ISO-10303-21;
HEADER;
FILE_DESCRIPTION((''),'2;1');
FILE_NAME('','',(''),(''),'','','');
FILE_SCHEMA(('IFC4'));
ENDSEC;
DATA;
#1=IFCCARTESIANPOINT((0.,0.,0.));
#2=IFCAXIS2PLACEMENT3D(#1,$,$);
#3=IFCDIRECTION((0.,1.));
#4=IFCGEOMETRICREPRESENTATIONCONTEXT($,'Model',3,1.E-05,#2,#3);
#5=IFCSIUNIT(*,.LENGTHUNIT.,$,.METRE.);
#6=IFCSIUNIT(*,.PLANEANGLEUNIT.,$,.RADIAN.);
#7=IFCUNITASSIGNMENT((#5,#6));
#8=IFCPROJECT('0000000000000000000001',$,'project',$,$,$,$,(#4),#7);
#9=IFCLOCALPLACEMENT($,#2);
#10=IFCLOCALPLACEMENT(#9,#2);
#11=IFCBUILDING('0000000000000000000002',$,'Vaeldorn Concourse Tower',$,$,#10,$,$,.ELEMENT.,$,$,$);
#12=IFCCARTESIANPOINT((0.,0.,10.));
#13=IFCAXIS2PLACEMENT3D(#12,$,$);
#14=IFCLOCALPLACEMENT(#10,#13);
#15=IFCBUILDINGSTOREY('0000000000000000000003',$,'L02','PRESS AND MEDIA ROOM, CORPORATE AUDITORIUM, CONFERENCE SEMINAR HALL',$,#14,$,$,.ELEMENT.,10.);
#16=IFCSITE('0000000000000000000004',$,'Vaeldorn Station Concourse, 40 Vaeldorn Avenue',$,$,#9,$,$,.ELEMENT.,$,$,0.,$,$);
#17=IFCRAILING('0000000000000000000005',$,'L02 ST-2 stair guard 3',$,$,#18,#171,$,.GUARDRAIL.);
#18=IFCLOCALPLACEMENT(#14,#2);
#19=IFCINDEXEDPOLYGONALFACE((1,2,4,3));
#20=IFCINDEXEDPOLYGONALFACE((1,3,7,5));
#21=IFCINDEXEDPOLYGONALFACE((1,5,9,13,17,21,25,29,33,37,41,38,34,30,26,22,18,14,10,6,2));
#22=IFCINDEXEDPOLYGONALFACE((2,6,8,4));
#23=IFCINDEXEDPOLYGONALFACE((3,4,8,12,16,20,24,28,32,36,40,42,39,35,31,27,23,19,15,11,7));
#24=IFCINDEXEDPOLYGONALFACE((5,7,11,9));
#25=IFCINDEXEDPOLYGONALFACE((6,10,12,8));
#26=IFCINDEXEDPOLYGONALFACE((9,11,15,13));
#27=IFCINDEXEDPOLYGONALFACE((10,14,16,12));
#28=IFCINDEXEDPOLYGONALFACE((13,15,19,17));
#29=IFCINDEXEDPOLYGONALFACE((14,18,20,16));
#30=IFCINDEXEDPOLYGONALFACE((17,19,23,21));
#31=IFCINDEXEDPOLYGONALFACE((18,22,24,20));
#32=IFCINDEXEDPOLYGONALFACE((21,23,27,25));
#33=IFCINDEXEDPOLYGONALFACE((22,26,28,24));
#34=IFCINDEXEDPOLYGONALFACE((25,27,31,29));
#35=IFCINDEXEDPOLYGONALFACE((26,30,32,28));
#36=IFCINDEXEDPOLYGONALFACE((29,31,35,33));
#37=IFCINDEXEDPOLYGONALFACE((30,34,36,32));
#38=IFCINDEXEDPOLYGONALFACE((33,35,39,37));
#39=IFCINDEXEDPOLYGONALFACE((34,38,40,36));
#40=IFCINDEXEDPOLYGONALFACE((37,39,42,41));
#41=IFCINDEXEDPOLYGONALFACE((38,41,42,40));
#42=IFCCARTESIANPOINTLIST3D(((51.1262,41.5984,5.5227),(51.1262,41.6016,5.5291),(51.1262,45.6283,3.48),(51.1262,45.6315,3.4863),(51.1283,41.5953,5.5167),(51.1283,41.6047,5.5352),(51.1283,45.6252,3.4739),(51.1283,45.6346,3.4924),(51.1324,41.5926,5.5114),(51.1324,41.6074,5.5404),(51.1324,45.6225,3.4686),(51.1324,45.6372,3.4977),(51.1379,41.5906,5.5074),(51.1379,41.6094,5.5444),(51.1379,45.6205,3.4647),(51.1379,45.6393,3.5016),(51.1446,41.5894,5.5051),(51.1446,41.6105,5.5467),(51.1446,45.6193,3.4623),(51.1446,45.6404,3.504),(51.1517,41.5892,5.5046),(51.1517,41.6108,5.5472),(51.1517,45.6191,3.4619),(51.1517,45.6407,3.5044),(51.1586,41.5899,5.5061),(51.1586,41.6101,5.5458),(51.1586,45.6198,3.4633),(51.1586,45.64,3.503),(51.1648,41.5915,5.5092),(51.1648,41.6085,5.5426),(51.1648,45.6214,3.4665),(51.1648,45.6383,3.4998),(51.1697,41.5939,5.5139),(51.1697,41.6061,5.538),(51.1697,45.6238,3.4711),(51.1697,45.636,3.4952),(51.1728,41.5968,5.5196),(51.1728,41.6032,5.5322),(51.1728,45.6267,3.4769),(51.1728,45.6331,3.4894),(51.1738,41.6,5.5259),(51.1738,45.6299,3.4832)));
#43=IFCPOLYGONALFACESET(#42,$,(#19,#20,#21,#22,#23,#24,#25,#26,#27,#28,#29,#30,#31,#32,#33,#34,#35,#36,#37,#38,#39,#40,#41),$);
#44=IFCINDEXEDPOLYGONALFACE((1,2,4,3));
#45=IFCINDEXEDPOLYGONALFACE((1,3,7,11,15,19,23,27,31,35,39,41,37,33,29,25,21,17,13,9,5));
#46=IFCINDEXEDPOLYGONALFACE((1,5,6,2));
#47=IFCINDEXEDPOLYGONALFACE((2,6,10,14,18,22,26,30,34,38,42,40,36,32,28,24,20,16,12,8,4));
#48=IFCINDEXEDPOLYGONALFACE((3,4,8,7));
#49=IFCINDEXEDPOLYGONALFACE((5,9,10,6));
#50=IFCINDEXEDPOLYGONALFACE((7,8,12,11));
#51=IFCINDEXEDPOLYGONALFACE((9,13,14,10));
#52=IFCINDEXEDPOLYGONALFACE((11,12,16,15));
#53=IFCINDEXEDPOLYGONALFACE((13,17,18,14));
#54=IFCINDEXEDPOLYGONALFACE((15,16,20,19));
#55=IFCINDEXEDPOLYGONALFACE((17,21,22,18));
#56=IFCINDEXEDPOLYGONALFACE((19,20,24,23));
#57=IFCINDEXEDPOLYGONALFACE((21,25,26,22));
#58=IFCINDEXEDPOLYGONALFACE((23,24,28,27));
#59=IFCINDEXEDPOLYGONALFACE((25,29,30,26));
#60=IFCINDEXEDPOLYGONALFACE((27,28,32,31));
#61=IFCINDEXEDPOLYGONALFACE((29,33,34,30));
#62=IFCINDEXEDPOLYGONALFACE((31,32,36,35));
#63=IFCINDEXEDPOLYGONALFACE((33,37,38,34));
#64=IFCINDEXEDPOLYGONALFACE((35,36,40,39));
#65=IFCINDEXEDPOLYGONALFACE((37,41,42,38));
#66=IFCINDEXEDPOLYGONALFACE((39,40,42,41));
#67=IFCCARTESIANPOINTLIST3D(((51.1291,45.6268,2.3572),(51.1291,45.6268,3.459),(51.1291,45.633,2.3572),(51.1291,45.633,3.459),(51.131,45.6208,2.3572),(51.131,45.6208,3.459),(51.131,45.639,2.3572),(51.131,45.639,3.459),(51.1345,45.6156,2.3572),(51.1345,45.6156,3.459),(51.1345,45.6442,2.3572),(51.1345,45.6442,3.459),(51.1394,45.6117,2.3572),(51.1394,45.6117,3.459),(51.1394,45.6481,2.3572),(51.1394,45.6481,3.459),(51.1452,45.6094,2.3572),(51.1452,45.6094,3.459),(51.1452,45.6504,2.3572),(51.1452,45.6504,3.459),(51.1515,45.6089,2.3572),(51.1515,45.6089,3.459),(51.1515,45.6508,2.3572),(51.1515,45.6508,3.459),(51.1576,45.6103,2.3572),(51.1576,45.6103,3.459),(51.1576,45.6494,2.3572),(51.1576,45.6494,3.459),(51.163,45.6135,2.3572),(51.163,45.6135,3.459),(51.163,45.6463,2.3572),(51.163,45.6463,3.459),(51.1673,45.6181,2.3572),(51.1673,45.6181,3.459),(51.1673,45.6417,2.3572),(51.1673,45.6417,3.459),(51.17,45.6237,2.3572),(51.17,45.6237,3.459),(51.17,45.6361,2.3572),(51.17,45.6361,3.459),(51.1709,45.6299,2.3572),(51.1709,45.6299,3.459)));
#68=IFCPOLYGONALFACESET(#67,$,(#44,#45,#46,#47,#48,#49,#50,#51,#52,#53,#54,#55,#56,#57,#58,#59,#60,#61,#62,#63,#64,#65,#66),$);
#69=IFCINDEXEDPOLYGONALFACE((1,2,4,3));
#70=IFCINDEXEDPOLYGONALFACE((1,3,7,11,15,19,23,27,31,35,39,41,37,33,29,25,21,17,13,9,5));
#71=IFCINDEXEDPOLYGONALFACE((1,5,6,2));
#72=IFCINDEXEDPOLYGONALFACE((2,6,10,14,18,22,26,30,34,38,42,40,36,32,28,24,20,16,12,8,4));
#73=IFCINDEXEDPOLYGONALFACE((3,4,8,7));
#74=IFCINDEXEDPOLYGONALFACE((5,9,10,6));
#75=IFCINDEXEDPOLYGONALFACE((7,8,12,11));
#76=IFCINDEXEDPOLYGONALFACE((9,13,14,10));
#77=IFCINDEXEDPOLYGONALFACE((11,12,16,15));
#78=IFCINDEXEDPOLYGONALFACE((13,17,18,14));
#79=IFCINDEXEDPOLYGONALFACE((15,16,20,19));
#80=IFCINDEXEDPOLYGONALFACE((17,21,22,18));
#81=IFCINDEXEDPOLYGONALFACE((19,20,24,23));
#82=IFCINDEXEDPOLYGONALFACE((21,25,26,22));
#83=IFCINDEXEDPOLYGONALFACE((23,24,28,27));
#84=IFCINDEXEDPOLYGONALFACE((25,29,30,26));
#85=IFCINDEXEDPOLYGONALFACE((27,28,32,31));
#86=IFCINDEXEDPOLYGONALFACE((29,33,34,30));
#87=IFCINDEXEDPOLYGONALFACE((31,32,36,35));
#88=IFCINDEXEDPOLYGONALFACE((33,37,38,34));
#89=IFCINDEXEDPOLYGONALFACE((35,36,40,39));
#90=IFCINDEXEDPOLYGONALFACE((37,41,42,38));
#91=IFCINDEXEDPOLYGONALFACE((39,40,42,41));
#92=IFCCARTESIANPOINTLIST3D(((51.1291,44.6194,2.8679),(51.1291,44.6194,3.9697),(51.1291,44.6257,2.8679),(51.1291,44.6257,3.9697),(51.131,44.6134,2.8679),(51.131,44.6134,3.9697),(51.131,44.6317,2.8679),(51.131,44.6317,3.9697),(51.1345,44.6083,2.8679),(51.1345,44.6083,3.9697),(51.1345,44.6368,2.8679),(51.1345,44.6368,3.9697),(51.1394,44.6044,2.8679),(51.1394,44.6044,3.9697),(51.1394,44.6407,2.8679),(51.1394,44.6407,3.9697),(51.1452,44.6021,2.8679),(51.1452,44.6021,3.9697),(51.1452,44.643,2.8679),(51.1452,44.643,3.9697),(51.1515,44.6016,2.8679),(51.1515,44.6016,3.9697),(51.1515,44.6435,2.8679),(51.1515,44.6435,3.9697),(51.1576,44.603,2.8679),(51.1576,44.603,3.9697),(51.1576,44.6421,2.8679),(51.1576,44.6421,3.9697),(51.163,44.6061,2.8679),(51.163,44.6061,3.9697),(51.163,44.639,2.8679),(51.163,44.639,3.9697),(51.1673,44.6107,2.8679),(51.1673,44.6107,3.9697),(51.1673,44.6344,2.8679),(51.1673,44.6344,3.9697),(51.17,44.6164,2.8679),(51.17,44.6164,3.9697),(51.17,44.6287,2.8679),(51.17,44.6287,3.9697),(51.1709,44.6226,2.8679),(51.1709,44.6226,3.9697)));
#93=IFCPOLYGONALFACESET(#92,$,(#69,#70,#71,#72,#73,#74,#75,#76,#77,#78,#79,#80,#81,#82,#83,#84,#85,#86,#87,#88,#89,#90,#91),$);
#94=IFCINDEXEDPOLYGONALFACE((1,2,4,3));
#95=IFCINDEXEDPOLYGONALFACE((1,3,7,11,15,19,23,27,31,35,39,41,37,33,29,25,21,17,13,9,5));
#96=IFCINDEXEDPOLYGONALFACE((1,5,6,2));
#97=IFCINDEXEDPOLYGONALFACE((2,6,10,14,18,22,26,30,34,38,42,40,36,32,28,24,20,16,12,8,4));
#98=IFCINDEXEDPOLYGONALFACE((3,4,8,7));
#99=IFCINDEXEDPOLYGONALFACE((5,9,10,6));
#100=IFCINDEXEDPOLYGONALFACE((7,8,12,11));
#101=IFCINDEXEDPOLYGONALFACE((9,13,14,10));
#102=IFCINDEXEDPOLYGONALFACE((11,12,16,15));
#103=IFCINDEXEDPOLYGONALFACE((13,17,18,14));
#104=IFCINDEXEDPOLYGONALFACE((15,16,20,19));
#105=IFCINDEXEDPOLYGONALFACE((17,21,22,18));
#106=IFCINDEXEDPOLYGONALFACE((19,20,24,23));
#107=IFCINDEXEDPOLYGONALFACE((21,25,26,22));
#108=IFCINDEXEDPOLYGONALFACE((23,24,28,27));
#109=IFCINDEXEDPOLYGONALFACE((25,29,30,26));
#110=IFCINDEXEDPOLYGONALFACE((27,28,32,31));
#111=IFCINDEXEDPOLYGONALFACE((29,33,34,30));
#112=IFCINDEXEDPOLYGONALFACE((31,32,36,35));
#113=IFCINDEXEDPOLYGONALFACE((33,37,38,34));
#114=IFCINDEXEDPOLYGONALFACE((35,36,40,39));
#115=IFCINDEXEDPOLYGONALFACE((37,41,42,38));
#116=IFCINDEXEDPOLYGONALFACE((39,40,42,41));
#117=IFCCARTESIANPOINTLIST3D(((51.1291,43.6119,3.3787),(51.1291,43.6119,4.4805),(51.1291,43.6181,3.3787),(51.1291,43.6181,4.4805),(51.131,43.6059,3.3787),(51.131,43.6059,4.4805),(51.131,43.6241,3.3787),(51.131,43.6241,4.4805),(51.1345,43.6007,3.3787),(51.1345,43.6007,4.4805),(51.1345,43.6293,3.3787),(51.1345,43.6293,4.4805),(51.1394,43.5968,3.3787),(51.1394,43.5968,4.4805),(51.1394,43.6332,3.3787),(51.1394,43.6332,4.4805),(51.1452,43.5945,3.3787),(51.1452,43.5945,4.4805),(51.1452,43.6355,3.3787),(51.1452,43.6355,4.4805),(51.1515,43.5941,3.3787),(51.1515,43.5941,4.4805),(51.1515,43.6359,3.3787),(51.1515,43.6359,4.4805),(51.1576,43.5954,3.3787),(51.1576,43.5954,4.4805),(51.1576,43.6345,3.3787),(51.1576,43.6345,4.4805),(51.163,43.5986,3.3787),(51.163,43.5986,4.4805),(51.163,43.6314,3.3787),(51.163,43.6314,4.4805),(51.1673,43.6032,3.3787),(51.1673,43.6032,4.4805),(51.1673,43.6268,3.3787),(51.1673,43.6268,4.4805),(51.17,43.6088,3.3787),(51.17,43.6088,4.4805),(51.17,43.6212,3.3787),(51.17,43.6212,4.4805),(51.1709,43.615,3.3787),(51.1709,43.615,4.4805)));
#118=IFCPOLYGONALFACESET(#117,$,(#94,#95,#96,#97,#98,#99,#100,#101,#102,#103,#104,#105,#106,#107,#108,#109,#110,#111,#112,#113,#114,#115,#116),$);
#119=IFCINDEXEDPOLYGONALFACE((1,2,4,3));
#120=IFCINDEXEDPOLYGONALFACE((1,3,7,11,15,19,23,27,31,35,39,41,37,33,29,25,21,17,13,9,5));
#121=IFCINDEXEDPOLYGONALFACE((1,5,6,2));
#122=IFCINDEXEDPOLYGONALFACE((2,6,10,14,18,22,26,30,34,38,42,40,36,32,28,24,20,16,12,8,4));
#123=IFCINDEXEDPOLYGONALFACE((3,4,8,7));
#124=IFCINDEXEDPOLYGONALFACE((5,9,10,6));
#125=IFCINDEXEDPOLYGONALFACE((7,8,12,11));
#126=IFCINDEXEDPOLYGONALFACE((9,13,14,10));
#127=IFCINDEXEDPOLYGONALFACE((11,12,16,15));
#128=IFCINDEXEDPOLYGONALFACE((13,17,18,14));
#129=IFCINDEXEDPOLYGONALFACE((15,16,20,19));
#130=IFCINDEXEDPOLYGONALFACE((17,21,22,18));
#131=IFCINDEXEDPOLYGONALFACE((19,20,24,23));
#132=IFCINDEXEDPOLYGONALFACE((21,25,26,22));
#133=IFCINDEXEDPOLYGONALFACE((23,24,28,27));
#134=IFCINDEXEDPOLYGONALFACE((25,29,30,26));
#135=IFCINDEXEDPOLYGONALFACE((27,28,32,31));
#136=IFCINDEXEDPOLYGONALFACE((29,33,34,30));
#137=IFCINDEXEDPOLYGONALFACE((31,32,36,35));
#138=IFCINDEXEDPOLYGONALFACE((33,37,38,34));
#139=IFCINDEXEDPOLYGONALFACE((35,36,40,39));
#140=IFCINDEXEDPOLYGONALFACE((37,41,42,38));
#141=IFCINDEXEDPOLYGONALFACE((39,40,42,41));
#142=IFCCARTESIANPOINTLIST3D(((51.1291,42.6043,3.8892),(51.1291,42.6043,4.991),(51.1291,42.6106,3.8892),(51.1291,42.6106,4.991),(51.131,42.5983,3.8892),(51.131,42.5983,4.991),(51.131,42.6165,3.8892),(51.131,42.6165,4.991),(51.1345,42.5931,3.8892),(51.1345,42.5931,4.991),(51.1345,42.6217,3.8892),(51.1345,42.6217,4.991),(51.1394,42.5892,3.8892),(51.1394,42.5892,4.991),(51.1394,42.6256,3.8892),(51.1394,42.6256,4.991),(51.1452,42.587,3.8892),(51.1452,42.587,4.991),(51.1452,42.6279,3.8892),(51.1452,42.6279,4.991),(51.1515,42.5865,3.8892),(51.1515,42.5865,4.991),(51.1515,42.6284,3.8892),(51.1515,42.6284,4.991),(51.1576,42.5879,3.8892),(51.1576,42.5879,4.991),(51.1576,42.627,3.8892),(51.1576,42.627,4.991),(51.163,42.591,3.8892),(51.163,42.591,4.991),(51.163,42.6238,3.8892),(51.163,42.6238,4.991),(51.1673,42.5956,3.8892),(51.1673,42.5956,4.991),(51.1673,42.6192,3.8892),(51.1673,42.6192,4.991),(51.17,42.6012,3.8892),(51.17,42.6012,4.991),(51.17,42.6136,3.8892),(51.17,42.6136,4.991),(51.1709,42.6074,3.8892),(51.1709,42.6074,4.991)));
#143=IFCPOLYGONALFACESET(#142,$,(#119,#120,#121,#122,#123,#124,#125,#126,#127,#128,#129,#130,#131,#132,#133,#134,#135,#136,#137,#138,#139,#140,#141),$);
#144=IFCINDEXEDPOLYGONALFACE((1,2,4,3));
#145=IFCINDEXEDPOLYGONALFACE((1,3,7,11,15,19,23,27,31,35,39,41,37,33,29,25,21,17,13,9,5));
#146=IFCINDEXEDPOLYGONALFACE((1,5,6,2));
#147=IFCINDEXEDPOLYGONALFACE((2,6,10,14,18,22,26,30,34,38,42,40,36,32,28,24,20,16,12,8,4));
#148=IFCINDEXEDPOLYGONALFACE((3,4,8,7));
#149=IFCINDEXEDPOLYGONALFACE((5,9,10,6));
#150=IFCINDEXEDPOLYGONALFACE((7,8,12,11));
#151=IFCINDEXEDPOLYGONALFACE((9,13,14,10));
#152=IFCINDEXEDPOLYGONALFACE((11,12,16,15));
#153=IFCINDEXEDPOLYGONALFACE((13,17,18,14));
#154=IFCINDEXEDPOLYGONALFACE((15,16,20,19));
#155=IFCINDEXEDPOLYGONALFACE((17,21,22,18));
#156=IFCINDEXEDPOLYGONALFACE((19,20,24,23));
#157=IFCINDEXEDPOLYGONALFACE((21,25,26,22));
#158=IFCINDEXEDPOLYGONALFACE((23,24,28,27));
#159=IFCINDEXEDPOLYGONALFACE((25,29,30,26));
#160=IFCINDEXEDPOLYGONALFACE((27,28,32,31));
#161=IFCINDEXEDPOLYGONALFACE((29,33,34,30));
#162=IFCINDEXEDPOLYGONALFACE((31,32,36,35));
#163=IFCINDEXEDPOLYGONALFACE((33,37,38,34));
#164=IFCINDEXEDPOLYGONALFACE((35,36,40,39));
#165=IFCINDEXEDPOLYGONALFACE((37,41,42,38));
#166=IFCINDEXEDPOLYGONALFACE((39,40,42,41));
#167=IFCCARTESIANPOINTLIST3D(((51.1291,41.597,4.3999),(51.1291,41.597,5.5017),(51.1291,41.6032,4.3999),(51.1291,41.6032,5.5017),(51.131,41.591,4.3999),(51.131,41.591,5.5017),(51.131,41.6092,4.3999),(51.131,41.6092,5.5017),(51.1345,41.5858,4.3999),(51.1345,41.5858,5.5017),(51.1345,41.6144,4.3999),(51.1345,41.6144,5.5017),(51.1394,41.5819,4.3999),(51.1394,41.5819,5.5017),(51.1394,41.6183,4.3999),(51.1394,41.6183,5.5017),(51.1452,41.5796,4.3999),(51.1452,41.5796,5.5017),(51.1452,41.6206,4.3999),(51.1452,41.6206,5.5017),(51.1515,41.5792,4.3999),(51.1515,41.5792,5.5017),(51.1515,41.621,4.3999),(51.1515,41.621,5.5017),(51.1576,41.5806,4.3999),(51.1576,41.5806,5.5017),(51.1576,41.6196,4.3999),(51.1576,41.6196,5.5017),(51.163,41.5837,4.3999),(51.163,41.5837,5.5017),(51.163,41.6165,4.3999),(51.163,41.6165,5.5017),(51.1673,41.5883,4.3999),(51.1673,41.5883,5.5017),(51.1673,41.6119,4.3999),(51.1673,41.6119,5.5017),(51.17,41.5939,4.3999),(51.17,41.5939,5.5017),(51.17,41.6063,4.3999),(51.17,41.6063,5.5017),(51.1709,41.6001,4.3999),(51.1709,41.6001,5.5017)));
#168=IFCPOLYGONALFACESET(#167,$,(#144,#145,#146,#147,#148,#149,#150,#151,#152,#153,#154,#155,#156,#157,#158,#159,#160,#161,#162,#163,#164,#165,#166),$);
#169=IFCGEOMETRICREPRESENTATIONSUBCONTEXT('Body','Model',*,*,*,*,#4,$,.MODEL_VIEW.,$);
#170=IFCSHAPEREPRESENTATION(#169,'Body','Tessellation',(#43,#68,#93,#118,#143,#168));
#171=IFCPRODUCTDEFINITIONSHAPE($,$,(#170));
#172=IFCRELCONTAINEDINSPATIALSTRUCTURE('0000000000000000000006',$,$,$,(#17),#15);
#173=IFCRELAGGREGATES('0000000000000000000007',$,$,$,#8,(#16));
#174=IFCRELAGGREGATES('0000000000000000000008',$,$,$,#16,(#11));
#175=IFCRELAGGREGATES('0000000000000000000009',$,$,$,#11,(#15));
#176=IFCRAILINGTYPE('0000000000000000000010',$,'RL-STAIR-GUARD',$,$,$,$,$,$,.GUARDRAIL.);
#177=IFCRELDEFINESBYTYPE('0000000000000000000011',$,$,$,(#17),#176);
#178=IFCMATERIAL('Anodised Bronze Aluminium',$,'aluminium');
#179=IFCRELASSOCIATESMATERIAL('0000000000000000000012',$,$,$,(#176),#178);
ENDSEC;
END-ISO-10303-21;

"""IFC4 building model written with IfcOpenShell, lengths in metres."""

from ifc_helpers import new_model, si_unit, direction, frame, origin, origin_2d, place, context, subcontext, project, spatial, circle, extrude, material, type_object, element, save


model = new_model("IFC4")

# Units and contexts
model_context = context("Model", 3, precision=1e-05, world=origin(), true_north=direction((0.0, 1.0)))
body_context = subcontext(model_context, "Body", "Model", "MODEL_VIEW")
ifc_project = project(units=[si_unit("LENGTHUNIT", "METRE"), si_unit("PLANEANGLEUNIT", "RADIAN")], contexts=[model_context])

# Site, building, storey
site_placement = place(None, origin())
site = spatial("IfcSite", under=ifc_project, at=site_placement, Name="Vaeldorn Station Concourse, 40 Vaeldorn Avenue", CompositionType="ELEMENT", RefElevation=0.0)
building_placement = place(site_placement, origin())
building = spatial("IfcBuilding", under=site, at=building_placement, Name="Vaeldorn Concourse Tower", CompositionType="ELEMENT")
storey_placement = place(building_placement, frame((0.0, 0.0, 10.0)))
storey = spatial("IfcBuildingStorey", under=building, at=storey_placement, Name="L02", Description="PRESS AND MEDIA ROOM, CORPORATE AUDITORIUM, CONFERENCE SEMINAR HALL", CompositionType="ELEMENT", Elevation=10.0)

# Shared definitions
ifc_material_1 = material(Name="Anodised Bronze Aluminium", Category="aluminium")

# Railing
railing_type_1 = type_object("IfcRailingType", Name="RL-STAIR-GUARD", PredefinedType="GUARDRAIL", material=ifc_material_1)
railing_1_placement = place(storey_placement, frame((51.1499, 45.6299, 2.3572)))
element("IfcRailing", 1, at=railing_1_placement, inside=storey, type_object=railing_type_1, Name="L02 ST-2 stair guard 3", PredefinedType="GUARDRAIL", context=body_context, shape_type="SweptSolid", body=[
    extrude(circle(Radius=0.0239, at=origin_2d()), frame((0.0, 0.0, 1.126), z_axis=(0.0, -0.891949, 0.452135), x_axis=(1.0, 0.0, 0.0)), (0.0, 0.0, 1.0), 4.5181),
    extrude(circle(Radius=0.021, at=origin_2d()), origin(), (0.0, 0.0, 1.0), 1.1018),
    extrude(circle(Radius=0.021, at=origin_2d()), frame((0.0, -1.0073, 0.5107)), (0.0, 0.0, 1.0), 1.1018),
    extrude(circle(Radius=0.021, at=origin_2d()), frame((0.0, -2.0149, 1.0215)), (0.0, 0.0, 1.0), 1.1018),
    extrude(circle(Radius=0.021, at=origin_2d()), frame((0.0, -3.0225, 1.532)), (0.0, 0.0, 1.0), 1.1018),
    extrude(circle(Radius=0.021, at=origin_2d()), frame((0.0, -4.0298, 2.0427)), (0.0, 0.0, 1.0), 1.1018),
])

save(model, "model.ifc")
